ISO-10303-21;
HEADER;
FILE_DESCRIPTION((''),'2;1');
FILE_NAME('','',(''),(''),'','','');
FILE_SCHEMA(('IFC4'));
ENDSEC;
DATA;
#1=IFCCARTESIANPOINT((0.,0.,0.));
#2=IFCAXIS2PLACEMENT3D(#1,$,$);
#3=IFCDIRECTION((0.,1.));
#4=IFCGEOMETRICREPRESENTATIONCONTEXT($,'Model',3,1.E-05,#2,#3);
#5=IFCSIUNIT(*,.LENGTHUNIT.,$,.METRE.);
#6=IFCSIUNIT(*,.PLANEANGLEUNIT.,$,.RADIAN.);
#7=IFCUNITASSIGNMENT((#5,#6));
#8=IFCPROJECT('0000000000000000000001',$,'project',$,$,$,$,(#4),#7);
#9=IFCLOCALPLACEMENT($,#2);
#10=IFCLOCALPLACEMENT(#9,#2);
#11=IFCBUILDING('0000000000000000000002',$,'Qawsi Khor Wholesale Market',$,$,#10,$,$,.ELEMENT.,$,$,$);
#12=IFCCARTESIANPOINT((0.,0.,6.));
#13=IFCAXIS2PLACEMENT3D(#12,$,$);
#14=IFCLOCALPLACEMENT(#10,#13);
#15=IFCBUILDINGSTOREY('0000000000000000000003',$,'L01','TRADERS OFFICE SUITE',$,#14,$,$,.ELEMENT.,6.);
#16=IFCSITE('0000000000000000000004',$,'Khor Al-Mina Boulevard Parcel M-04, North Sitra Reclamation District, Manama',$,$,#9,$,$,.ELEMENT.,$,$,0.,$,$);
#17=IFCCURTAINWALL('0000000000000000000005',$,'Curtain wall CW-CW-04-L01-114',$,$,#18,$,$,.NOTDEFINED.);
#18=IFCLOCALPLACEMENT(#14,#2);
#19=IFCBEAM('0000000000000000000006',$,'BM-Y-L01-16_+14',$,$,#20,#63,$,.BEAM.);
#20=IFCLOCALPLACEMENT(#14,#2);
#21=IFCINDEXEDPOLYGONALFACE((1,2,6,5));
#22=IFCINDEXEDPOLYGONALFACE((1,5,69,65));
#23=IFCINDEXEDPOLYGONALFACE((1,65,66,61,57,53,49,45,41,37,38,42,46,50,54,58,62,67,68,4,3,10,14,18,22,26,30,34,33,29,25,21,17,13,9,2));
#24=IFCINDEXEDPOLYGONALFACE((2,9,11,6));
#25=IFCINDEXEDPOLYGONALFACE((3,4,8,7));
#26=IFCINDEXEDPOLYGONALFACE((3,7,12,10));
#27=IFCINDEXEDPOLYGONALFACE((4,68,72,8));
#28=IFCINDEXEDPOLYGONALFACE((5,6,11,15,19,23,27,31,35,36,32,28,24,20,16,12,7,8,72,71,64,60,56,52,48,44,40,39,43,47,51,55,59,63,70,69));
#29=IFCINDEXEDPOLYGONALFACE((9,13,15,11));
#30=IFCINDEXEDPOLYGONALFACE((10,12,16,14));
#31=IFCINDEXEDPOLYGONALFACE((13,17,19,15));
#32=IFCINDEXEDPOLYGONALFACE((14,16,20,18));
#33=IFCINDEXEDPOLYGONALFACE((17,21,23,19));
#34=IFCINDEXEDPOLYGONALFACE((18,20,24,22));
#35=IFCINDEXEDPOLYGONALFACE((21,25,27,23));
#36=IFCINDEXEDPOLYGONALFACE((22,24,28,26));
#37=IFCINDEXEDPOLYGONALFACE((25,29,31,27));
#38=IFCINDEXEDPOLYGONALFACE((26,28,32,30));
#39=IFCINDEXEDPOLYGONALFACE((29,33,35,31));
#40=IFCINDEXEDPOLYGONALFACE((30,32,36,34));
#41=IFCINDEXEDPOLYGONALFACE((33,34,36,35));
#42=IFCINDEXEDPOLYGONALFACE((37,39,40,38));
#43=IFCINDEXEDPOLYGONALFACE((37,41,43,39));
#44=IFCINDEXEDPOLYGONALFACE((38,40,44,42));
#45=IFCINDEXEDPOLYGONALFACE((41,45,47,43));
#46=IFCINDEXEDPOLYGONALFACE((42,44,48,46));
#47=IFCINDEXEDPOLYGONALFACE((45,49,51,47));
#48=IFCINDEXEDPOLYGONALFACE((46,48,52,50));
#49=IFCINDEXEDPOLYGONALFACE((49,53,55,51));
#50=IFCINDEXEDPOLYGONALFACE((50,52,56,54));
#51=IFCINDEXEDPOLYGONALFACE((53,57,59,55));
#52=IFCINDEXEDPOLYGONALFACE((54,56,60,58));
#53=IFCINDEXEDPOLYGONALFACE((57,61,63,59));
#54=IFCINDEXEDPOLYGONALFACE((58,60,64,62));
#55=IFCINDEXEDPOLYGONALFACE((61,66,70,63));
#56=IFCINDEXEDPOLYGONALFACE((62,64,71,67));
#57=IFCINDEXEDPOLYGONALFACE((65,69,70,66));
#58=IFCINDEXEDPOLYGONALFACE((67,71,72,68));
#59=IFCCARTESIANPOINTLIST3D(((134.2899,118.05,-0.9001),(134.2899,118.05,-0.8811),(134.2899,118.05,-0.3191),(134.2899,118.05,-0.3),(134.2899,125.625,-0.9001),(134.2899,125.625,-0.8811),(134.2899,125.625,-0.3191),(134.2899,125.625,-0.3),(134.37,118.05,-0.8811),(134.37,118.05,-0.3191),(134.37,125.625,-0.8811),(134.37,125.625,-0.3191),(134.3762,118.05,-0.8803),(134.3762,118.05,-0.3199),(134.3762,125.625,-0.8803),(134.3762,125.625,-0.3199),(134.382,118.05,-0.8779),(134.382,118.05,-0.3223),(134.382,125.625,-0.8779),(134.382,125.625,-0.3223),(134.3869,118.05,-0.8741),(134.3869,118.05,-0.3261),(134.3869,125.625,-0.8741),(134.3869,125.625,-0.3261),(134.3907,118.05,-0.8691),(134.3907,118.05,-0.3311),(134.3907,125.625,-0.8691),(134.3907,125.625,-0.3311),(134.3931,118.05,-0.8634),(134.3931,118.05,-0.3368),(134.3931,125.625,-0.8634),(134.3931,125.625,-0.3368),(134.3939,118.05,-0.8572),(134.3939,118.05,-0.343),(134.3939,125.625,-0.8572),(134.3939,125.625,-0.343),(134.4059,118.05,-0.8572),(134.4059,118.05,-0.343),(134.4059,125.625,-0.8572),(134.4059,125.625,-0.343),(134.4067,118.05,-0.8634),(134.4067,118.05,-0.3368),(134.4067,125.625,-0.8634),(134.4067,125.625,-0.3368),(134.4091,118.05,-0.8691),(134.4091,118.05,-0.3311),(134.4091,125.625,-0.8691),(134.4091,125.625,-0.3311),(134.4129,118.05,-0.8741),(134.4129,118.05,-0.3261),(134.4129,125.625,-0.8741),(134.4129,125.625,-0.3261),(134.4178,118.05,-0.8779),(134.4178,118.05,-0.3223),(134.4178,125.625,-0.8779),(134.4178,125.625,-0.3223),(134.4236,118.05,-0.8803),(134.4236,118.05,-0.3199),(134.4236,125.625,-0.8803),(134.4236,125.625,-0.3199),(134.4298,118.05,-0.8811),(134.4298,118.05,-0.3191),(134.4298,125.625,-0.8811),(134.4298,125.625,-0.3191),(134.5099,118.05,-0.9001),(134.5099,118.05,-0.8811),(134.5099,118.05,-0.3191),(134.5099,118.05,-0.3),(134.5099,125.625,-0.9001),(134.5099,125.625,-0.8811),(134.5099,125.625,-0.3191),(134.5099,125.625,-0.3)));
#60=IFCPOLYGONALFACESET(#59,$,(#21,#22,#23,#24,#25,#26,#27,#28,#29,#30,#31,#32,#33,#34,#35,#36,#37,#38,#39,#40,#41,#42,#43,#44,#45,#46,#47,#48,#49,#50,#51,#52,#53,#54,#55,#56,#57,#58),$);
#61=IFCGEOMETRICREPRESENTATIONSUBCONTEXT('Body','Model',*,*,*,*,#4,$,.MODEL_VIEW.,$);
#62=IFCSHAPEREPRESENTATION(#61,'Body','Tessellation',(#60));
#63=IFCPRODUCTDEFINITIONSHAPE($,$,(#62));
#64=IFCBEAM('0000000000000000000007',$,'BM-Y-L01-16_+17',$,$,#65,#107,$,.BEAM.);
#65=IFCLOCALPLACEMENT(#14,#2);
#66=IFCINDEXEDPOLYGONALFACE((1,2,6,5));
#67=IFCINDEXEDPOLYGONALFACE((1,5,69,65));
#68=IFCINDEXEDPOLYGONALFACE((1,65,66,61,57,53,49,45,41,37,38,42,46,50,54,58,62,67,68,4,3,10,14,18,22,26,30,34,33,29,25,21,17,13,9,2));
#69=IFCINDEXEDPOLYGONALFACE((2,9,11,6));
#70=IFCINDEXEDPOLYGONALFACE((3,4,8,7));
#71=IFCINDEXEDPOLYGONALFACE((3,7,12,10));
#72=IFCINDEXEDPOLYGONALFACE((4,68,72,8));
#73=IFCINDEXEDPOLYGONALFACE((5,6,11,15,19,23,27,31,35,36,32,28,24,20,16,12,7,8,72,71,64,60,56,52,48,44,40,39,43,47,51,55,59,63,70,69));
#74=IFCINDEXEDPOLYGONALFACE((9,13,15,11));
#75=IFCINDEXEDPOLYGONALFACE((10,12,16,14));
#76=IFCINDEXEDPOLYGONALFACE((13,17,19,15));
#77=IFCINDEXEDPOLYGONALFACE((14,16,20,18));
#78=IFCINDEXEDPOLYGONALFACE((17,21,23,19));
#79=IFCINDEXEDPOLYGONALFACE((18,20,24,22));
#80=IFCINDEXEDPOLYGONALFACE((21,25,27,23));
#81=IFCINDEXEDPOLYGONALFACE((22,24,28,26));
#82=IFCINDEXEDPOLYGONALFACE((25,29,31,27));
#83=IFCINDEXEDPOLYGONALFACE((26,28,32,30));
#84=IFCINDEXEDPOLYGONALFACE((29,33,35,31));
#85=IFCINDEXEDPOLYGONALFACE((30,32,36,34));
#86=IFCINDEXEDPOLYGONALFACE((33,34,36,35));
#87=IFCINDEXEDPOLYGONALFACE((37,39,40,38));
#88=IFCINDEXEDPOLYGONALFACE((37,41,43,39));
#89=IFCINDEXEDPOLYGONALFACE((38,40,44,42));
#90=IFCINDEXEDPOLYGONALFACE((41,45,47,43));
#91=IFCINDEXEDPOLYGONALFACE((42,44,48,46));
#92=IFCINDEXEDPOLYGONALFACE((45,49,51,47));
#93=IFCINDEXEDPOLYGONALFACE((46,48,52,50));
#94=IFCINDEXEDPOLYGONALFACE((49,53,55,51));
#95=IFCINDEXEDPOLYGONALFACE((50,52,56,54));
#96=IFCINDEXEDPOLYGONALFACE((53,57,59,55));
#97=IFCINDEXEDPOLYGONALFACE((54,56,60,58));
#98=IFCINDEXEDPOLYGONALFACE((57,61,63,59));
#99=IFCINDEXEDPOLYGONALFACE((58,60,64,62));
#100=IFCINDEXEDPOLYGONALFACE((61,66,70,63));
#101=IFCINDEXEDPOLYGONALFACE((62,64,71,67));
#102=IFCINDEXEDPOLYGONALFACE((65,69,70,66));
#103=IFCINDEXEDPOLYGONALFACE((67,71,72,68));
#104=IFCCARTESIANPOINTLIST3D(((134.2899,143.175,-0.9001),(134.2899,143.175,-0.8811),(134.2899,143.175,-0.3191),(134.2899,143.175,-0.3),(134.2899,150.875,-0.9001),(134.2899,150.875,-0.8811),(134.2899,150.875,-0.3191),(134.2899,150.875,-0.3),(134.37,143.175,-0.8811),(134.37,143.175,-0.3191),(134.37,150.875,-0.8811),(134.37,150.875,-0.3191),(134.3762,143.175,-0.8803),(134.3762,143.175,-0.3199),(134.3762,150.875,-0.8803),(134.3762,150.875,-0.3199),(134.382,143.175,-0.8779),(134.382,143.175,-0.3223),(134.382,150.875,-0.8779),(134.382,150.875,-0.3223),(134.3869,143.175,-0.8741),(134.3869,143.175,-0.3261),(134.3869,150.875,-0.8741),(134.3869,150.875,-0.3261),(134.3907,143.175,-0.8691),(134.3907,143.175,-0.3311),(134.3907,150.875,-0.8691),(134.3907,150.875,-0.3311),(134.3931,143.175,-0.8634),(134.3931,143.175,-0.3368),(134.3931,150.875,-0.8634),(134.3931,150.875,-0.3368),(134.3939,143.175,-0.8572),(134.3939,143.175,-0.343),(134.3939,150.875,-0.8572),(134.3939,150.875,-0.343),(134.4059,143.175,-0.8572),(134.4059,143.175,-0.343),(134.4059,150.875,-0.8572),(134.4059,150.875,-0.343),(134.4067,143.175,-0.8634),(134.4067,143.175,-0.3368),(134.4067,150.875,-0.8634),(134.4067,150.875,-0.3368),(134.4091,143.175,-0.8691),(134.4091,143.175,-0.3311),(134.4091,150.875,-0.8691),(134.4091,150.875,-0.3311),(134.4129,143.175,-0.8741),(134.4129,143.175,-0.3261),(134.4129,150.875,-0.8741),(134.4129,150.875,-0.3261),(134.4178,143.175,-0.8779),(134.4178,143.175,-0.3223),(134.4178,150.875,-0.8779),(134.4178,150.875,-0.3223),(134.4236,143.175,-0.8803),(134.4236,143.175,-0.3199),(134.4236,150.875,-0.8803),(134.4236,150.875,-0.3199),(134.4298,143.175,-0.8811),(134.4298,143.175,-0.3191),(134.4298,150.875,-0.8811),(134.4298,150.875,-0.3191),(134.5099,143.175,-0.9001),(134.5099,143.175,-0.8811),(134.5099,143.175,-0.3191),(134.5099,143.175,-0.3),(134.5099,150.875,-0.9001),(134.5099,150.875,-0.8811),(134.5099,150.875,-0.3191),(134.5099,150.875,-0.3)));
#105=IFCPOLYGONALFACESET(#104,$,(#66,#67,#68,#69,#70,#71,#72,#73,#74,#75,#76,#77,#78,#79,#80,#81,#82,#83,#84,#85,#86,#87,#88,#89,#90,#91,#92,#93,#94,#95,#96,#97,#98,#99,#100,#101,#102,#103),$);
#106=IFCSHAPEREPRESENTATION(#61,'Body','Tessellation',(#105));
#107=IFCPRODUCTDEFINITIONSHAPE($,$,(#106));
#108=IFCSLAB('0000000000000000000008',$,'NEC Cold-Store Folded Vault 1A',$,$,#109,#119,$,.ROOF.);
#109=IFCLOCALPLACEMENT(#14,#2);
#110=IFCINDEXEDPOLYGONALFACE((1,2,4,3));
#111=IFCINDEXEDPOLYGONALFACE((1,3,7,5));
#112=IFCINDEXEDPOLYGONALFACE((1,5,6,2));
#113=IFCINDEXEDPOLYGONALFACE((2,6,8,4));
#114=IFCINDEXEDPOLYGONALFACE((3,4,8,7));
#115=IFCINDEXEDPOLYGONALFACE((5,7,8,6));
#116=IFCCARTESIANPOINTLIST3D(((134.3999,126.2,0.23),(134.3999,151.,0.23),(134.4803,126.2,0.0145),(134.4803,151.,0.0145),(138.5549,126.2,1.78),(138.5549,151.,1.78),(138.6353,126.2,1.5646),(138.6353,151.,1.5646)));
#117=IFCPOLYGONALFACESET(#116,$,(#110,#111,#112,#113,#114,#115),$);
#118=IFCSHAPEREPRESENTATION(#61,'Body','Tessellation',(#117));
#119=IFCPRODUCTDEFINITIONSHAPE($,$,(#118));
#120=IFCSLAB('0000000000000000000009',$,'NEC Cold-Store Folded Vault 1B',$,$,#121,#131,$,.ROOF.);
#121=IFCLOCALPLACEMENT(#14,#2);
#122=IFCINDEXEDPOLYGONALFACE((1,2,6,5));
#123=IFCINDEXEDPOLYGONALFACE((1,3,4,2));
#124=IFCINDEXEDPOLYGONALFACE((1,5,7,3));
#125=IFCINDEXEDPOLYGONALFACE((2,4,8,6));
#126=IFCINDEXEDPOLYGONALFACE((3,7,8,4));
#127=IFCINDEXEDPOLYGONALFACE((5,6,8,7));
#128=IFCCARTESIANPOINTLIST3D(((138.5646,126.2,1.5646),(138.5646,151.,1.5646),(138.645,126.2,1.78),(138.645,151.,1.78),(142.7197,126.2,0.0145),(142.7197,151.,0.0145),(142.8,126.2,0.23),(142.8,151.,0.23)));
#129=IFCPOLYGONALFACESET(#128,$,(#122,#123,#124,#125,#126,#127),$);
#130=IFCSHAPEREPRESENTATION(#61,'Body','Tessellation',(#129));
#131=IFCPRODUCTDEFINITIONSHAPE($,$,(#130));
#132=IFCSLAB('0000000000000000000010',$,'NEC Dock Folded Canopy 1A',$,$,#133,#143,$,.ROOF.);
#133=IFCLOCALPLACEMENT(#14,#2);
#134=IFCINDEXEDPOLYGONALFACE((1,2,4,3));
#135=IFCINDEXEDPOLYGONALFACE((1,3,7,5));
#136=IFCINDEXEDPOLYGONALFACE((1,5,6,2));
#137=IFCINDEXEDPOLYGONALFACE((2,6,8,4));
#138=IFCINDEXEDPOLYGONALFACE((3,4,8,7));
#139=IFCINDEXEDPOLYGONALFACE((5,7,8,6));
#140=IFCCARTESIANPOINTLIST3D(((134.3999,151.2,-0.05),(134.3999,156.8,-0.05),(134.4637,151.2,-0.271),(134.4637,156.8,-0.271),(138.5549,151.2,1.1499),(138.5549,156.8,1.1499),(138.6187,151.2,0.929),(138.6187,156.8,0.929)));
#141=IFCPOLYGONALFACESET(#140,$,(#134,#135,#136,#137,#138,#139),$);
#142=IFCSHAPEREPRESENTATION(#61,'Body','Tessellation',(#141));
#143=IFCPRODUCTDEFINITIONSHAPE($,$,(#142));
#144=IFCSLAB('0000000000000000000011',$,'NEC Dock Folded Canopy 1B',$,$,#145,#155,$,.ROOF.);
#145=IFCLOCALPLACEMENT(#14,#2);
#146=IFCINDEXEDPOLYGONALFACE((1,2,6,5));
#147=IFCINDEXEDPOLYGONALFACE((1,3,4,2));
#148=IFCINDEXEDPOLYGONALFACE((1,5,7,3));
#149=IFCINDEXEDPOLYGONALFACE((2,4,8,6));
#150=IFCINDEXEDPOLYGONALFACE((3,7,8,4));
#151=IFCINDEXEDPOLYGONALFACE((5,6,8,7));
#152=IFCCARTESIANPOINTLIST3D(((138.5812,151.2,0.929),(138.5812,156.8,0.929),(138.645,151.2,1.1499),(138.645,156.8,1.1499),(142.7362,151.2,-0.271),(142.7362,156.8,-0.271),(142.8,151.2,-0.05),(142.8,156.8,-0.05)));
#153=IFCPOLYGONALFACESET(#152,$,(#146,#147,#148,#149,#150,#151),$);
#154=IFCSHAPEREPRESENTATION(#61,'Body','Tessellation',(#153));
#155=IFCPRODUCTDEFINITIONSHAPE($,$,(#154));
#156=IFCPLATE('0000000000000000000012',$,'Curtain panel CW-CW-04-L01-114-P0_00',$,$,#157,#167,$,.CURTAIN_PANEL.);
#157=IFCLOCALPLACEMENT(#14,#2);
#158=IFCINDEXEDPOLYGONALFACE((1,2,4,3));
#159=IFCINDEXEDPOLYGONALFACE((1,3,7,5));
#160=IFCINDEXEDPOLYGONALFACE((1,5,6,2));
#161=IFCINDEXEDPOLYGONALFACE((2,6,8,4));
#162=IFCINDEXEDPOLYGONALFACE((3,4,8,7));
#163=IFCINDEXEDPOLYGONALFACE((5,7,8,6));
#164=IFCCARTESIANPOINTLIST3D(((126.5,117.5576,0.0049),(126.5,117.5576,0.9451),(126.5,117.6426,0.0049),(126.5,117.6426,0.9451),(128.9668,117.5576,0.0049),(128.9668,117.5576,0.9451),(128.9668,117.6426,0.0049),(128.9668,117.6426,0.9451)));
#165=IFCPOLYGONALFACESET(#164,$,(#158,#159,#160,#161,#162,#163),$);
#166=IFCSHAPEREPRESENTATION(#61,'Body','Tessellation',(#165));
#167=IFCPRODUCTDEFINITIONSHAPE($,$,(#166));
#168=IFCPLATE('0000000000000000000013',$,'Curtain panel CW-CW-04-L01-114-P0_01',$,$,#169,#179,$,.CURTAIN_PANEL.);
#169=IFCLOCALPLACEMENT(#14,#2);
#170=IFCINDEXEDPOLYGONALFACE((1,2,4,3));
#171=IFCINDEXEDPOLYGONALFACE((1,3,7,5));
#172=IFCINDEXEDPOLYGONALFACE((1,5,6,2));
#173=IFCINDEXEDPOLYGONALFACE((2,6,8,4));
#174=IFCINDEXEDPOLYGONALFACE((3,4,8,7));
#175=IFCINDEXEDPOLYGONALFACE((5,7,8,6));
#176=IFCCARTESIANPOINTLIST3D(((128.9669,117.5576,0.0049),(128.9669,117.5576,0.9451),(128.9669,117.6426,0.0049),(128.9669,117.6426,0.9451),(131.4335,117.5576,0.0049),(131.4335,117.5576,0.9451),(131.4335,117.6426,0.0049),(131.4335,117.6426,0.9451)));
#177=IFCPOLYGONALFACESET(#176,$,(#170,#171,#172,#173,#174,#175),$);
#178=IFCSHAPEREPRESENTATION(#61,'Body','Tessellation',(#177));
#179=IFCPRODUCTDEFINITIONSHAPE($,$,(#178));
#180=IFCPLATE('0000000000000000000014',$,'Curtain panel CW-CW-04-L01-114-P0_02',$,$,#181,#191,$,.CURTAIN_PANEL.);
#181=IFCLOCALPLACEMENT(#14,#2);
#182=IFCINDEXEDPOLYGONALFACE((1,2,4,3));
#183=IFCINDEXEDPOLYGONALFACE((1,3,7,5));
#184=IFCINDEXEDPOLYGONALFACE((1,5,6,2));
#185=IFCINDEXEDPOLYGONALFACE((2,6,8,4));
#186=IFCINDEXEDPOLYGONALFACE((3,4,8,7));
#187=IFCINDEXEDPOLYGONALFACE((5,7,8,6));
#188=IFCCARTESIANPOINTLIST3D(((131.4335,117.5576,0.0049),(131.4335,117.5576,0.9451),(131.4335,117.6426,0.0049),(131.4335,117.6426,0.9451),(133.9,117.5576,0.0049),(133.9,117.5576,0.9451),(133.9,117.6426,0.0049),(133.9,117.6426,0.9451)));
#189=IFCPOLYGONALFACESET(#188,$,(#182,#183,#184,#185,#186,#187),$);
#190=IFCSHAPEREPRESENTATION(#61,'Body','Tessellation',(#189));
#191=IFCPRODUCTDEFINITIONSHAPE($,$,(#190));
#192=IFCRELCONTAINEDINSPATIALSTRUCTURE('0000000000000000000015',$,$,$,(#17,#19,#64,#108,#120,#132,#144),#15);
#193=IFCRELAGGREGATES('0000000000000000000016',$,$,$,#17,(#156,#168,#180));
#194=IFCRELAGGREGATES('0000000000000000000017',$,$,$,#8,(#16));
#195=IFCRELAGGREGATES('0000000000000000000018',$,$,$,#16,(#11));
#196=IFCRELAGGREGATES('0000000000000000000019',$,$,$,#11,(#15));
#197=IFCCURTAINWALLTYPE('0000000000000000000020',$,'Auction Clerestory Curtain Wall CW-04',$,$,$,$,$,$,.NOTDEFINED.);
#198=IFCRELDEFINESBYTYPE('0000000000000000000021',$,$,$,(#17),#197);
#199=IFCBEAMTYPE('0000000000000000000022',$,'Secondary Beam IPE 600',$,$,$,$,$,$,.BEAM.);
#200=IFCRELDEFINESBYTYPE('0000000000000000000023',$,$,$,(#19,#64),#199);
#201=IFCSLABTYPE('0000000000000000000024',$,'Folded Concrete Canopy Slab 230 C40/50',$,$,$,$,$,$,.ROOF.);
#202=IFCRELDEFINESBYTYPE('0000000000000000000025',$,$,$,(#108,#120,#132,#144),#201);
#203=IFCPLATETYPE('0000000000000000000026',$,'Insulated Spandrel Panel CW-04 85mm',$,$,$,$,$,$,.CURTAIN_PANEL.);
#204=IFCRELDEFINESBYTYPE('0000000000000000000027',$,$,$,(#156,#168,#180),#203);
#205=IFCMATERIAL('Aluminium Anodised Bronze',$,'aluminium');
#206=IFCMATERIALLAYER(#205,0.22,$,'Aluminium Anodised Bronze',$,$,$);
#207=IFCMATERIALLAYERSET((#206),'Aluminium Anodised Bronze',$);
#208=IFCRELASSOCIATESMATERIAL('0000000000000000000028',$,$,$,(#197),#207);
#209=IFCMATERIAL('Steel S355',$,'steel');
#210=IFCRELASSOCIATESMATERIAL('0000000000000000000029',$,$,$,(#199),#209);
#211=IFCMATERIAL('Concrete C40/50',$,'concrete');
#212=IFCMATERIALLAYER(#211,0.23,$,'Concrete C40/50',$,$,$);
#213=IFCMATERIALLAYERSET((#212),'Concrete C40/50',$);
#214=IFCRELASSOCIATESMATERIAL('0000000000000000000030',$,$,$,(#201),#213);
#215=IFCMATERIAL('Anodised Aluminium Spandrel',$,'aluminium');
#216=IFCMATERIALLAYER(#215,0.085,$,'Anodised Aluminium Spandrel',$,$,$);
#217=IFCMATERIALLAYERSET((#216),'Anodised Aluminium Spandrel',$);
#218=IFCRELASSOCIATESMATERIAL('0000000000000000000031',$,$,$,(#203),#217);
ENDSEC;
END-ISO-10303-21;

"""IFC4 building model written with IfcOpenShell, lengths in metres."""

from ifc_helpers import new_model, si_unit, direction, frame, frame_2d, origin, origin_2d, place, context, subcontext, project, spatial, polyline, rectangle, i_section, outline, extrude, material, layer, layer_set, material_profile, profile_set, type_object, element, aggregate, save


model = new_model("IFC4")

# Units and contexts
model_context = context("Model", 3, precision=1e-05, world=origin(), true_north=direction((0.0, 1.0)))
body_context = subcontext(model_context, "Body", "Model", "MODEL_VIEW")
ifc_project = project(units=[si_unit("LENGTHUNIT", "METRE"), si_unit("PLANEANGLEUNIT", "RADIAN")], contexts=[model_context])

# Site, building, storey
site_placement = place(None, origin())
site = spatial("IfcSite", under=ifc_project, at=site_placement, Name="Khor Al-Mina Boulevard Parcel M-04, North Sitra Reclamation District, Manama", CompositionType="ELEMENT", RefElevation=0.0)
building_placement = place(site_placement, origin())
building = spatial("IfcBuilding", under=site, at=building_placement, Name="Qawsi Khor Wholesale Market", CompositionType="ELEMENT")
storey_placement = place(building_placement, frame((0.0, 0.0, 6.0)))
storey = spatial("IfcBuildingStorey", under=building, at=storey_placement, Name="L01", Description="TRADERS OFFICE SUITE", CompositionType="ELEMENT", Elevation=6.0)

# Shared definitions
ifc_material_1 = material(Name="Concrete C40/50", Category="concrete")

# Shared definitions
ifc_material_2 = material(Name="Steel S355", Category="steel")

# Curtain wall
ifc_material_3 = material(Name="Aluminium Anodised Bronze", Category="aluminium")
ifc_layer_1 = layer(ifc_material_3, 0.22, Name="Aluminium Anodised Bronze")
ifc_layer_set_1 = layer_set([ifc_layer_1], Name="Aluminium Anodised Bronze")
curtain_wall_type = type_object("IfcCurtainWallType", Name="Auction Clerestory Curtain Wall CW-04", PredefinedType="NOTDEFINED", material=ifc_layer_set_1)
curtain_wall_placement = place(storey_placement, origin())
curtain_wall = element("IfcCurtainWall", 1, at=curtain_wall_placement, inside=storey, type_object=curtain_wall_type, Name="Curtain wall CW-CW-04-L01-114", PredefinedType="NOTDEFINED")

# Beams
ifc_material_profile_1 = material_profile(ifc_material_2, i_section(OverallWidth=0.22, OverallDepth=0.6001, WebThickness=0.012, FlangeThickness=0.019, FilletRadius=0.0239, at=origin_2d()), Name="IPE 600")
ifc_profile_set_1 = profile_set([ifc_material_profile_1], Name="Steel S355")
beam_type_1 = type_object("IfcBeamType", Name="Secondary Beam IPE 600", PredefinedType="BEAM", material=ifc_profile_set_1)
beam_1_placement = place(storey_placement, frame((134.3999, 118.05, -0.6001), z_axis=(0.0, 1.0, 0.0), x_axis=(-1.0, 0.0, 0.0)))
element("IfcBeam", 2, at=beam_1_placement, inside=storey, type_object=beam_type_1, Name="BM-Y-L01-16_+14", PredefinedType="BEAM", context=body_context, shape_type="SweptSolid", body=[
    extrude(i_section(OverallWidth=0.22, OverallDepth=0.6001, WebThickness=0.012, FlangeThickness=0.019, FilletRadius=0.0239, at=origin_2d()), origin(), (0.0, 0.0, 1.0), 7.575),
])
beam_2_placement = place(storey_placement, frame((134.3999, 143.175, -0.6001), z_axis=(0.0, 1.0, 0.0), x_axis=(-1.0, 0.0, 0.0)))
element("IfcBeam", 3, at=beam_2_placement, inside=storey, type_object=beam_type_1, Name="BM-Y-L01-16_+17", PredefinedType="BEAM", context=body_context, shape_type="SweptSolid", body=[
    extrude(i_section(OverallWidth=0.22, OverallDepth=0.6001, WebThickness=0.012, FlangeThickness=0.019, FilletRadius=0.0239, at=origin_2d()), origin(), (0.0, 0.0, 1.0), 7.7),
])

# Slabs
ifc_layer_2 = layer(ifc_material_1, 0.23, Name="Concrete C40/50")
ifc_layer_set_2 = layer_set([ifc_layer_2], Name="Concrete C40/50")
slab_type = type_object("IfcSlabType", Name="Folded Concrete Canopy Slab 230 C40/50", PredefinedType="ROOF", material=ifc_layer_set_2)
for number, where, z_axis, x_axis, name in (
    (4, (134.3999, 126.2, 0.23), (-0.349524, 0.0, 0.936927), (0.936927, 0.0, 0.349524), "NEC Cold-Store Folded Vault 1A"),
    (5, (138.645, 126.2, 1.78), (0.349524, 0.0, 0.936927), (0.936927, 0.0, -0.349524), "NEC Cold-Store Folded Vault 1B"),
):
    element("IfcSlab", number, at=place(storey_placement, frame(where, z_axis=z_axis, x_axis=x_axis)), inside=storey, type_object=slab_type, Name=name, PredefinedType="ROOF", context=body_context, shape_type="SweptSolid", body=[
        extrude(outline(polyline([(0.0, 0.0), (4.4347, 0.0), (4.4347, 24.8), (0.0, 24.8), (0.0, 0.0)])), origin(), (0.0, 0.0, -1.0), 0.23),
    ])
for number, where, z_axis, x_axis, name in (
    (6, (134.3999, 151.2, -0.05), (-0.277456, 0.0, 0.960738), (0.960738, 0.0, 0.277456), "NEC Dock Folded Canopy 1A"),
    (7, (138.645, 151.2, 1.1499), (0.277456, 0.0, 0.960738), (0.960738, 0.0, -0.277456), "NEC Dock Folded Canopy 1B"),
):
    element("IfcSlab", number, at=place(storey_placement, frame(where, z_axis=z_axis, x_axis=x_axis)), inside=storey, type_object=slab_type, Name=name, PredefinedType="ROOF", context=body_context, shape_type="SweptSolid", body=[
        extrude(outline(polyline([(0.0, 0.0), (4.3248, 0.0), (4.3248, 5.6001), (0.0, 5.6001), (0.0, 0.0)])), origin(), (0.0, 0.0, -1.0), 0.23),
    ])

# Plates
ifc_material_4 = material(Name="Anodised Aluminium Spandrel", Category="aluminium")
ifc_layer_3 = layer(ifc_material_4, 0.085, Name="Anodised Aluminium Spandrel")
ifc_layer_set_3 = layer_set([ifc_layer_3], Name="Anodised Aluminium Spandrel")
plate_type_1 = type_object("IfcPlateType", Name="Insulated Spandrel Panel CW-04 85mm", PredefinedType="CURTAIN_PANEL", material=ifc_layer_set_3)
plate_1_placement = place(storey_placement, frame((126.5, 117.6001, 0.0049), z_axis=(0.0, 0.0, 1.0), x_axis=(1.0, 0.0, 0.0)))
plate_1 = element("IfcPlate", 8, at=plate_1_placement, type_object=plate_type_1, Name="Curtain panel CW-CW-04-L01-114-P0_00", PredefinedType="CURTAIN_PANEL", context=body_context, shape_type="SweptSolid", body=[
    extrude(rectangle(XDim=2.4668, YDim=0.085, at=frame_2d((1.2334, 0.0))), origin(), (0.0, 0.0, 1.0), 0.9402),
])
plate_2_placement = place(storey_placement, frame((128.9668, 117.6001, 0.0049), z_axis=(0.0, 0.0, 1.0), x_axis=(1.0, 0.0, 0.0)))
plate_2 = element("IfcPlate", 9, at=plate_2_placement, type_object=plate_type_1, Name="Curtain panel CW-CW-04-L01-114-P0_01", PredefinedType="CURTAIN_PANEL", context=body_context, shape_type="SweptSolid", body=[
    extrude(rectangle(XDim=2.4666, YDim=0.085, at=frame_2d((1.2334, 0.0))), origin(), (0.0, 0.0, 1.0), 0.9402),
])
plate_3_placement = place(storey_placement, frame((131.4333, 117.6001, 0.0049), z_axis=(0.0, 0.0, 1.0), x_axis=(1.0, 0.0, 0.0)))
plate_3 = element("IfcPlate", 10, at=plate_3_placement, type_object=plate_type_1, Name="Curtain panel CW-CW-04-L01-114-P0_02", PredefinedType="CURTAIN_PANEL", context=body_context, shape_type="SweptSolid", body=[
    extrude(rectangle(XDim=2.4666, YDim=0.085, at=frame_2d((1.2334, 0.0))), origin(), (0.0, 0.0, 1.0), 0.9402),
])
aggregate(curtain_wall, [plate_1, plate_2, plate_3])

save(model, "model.ifc")
